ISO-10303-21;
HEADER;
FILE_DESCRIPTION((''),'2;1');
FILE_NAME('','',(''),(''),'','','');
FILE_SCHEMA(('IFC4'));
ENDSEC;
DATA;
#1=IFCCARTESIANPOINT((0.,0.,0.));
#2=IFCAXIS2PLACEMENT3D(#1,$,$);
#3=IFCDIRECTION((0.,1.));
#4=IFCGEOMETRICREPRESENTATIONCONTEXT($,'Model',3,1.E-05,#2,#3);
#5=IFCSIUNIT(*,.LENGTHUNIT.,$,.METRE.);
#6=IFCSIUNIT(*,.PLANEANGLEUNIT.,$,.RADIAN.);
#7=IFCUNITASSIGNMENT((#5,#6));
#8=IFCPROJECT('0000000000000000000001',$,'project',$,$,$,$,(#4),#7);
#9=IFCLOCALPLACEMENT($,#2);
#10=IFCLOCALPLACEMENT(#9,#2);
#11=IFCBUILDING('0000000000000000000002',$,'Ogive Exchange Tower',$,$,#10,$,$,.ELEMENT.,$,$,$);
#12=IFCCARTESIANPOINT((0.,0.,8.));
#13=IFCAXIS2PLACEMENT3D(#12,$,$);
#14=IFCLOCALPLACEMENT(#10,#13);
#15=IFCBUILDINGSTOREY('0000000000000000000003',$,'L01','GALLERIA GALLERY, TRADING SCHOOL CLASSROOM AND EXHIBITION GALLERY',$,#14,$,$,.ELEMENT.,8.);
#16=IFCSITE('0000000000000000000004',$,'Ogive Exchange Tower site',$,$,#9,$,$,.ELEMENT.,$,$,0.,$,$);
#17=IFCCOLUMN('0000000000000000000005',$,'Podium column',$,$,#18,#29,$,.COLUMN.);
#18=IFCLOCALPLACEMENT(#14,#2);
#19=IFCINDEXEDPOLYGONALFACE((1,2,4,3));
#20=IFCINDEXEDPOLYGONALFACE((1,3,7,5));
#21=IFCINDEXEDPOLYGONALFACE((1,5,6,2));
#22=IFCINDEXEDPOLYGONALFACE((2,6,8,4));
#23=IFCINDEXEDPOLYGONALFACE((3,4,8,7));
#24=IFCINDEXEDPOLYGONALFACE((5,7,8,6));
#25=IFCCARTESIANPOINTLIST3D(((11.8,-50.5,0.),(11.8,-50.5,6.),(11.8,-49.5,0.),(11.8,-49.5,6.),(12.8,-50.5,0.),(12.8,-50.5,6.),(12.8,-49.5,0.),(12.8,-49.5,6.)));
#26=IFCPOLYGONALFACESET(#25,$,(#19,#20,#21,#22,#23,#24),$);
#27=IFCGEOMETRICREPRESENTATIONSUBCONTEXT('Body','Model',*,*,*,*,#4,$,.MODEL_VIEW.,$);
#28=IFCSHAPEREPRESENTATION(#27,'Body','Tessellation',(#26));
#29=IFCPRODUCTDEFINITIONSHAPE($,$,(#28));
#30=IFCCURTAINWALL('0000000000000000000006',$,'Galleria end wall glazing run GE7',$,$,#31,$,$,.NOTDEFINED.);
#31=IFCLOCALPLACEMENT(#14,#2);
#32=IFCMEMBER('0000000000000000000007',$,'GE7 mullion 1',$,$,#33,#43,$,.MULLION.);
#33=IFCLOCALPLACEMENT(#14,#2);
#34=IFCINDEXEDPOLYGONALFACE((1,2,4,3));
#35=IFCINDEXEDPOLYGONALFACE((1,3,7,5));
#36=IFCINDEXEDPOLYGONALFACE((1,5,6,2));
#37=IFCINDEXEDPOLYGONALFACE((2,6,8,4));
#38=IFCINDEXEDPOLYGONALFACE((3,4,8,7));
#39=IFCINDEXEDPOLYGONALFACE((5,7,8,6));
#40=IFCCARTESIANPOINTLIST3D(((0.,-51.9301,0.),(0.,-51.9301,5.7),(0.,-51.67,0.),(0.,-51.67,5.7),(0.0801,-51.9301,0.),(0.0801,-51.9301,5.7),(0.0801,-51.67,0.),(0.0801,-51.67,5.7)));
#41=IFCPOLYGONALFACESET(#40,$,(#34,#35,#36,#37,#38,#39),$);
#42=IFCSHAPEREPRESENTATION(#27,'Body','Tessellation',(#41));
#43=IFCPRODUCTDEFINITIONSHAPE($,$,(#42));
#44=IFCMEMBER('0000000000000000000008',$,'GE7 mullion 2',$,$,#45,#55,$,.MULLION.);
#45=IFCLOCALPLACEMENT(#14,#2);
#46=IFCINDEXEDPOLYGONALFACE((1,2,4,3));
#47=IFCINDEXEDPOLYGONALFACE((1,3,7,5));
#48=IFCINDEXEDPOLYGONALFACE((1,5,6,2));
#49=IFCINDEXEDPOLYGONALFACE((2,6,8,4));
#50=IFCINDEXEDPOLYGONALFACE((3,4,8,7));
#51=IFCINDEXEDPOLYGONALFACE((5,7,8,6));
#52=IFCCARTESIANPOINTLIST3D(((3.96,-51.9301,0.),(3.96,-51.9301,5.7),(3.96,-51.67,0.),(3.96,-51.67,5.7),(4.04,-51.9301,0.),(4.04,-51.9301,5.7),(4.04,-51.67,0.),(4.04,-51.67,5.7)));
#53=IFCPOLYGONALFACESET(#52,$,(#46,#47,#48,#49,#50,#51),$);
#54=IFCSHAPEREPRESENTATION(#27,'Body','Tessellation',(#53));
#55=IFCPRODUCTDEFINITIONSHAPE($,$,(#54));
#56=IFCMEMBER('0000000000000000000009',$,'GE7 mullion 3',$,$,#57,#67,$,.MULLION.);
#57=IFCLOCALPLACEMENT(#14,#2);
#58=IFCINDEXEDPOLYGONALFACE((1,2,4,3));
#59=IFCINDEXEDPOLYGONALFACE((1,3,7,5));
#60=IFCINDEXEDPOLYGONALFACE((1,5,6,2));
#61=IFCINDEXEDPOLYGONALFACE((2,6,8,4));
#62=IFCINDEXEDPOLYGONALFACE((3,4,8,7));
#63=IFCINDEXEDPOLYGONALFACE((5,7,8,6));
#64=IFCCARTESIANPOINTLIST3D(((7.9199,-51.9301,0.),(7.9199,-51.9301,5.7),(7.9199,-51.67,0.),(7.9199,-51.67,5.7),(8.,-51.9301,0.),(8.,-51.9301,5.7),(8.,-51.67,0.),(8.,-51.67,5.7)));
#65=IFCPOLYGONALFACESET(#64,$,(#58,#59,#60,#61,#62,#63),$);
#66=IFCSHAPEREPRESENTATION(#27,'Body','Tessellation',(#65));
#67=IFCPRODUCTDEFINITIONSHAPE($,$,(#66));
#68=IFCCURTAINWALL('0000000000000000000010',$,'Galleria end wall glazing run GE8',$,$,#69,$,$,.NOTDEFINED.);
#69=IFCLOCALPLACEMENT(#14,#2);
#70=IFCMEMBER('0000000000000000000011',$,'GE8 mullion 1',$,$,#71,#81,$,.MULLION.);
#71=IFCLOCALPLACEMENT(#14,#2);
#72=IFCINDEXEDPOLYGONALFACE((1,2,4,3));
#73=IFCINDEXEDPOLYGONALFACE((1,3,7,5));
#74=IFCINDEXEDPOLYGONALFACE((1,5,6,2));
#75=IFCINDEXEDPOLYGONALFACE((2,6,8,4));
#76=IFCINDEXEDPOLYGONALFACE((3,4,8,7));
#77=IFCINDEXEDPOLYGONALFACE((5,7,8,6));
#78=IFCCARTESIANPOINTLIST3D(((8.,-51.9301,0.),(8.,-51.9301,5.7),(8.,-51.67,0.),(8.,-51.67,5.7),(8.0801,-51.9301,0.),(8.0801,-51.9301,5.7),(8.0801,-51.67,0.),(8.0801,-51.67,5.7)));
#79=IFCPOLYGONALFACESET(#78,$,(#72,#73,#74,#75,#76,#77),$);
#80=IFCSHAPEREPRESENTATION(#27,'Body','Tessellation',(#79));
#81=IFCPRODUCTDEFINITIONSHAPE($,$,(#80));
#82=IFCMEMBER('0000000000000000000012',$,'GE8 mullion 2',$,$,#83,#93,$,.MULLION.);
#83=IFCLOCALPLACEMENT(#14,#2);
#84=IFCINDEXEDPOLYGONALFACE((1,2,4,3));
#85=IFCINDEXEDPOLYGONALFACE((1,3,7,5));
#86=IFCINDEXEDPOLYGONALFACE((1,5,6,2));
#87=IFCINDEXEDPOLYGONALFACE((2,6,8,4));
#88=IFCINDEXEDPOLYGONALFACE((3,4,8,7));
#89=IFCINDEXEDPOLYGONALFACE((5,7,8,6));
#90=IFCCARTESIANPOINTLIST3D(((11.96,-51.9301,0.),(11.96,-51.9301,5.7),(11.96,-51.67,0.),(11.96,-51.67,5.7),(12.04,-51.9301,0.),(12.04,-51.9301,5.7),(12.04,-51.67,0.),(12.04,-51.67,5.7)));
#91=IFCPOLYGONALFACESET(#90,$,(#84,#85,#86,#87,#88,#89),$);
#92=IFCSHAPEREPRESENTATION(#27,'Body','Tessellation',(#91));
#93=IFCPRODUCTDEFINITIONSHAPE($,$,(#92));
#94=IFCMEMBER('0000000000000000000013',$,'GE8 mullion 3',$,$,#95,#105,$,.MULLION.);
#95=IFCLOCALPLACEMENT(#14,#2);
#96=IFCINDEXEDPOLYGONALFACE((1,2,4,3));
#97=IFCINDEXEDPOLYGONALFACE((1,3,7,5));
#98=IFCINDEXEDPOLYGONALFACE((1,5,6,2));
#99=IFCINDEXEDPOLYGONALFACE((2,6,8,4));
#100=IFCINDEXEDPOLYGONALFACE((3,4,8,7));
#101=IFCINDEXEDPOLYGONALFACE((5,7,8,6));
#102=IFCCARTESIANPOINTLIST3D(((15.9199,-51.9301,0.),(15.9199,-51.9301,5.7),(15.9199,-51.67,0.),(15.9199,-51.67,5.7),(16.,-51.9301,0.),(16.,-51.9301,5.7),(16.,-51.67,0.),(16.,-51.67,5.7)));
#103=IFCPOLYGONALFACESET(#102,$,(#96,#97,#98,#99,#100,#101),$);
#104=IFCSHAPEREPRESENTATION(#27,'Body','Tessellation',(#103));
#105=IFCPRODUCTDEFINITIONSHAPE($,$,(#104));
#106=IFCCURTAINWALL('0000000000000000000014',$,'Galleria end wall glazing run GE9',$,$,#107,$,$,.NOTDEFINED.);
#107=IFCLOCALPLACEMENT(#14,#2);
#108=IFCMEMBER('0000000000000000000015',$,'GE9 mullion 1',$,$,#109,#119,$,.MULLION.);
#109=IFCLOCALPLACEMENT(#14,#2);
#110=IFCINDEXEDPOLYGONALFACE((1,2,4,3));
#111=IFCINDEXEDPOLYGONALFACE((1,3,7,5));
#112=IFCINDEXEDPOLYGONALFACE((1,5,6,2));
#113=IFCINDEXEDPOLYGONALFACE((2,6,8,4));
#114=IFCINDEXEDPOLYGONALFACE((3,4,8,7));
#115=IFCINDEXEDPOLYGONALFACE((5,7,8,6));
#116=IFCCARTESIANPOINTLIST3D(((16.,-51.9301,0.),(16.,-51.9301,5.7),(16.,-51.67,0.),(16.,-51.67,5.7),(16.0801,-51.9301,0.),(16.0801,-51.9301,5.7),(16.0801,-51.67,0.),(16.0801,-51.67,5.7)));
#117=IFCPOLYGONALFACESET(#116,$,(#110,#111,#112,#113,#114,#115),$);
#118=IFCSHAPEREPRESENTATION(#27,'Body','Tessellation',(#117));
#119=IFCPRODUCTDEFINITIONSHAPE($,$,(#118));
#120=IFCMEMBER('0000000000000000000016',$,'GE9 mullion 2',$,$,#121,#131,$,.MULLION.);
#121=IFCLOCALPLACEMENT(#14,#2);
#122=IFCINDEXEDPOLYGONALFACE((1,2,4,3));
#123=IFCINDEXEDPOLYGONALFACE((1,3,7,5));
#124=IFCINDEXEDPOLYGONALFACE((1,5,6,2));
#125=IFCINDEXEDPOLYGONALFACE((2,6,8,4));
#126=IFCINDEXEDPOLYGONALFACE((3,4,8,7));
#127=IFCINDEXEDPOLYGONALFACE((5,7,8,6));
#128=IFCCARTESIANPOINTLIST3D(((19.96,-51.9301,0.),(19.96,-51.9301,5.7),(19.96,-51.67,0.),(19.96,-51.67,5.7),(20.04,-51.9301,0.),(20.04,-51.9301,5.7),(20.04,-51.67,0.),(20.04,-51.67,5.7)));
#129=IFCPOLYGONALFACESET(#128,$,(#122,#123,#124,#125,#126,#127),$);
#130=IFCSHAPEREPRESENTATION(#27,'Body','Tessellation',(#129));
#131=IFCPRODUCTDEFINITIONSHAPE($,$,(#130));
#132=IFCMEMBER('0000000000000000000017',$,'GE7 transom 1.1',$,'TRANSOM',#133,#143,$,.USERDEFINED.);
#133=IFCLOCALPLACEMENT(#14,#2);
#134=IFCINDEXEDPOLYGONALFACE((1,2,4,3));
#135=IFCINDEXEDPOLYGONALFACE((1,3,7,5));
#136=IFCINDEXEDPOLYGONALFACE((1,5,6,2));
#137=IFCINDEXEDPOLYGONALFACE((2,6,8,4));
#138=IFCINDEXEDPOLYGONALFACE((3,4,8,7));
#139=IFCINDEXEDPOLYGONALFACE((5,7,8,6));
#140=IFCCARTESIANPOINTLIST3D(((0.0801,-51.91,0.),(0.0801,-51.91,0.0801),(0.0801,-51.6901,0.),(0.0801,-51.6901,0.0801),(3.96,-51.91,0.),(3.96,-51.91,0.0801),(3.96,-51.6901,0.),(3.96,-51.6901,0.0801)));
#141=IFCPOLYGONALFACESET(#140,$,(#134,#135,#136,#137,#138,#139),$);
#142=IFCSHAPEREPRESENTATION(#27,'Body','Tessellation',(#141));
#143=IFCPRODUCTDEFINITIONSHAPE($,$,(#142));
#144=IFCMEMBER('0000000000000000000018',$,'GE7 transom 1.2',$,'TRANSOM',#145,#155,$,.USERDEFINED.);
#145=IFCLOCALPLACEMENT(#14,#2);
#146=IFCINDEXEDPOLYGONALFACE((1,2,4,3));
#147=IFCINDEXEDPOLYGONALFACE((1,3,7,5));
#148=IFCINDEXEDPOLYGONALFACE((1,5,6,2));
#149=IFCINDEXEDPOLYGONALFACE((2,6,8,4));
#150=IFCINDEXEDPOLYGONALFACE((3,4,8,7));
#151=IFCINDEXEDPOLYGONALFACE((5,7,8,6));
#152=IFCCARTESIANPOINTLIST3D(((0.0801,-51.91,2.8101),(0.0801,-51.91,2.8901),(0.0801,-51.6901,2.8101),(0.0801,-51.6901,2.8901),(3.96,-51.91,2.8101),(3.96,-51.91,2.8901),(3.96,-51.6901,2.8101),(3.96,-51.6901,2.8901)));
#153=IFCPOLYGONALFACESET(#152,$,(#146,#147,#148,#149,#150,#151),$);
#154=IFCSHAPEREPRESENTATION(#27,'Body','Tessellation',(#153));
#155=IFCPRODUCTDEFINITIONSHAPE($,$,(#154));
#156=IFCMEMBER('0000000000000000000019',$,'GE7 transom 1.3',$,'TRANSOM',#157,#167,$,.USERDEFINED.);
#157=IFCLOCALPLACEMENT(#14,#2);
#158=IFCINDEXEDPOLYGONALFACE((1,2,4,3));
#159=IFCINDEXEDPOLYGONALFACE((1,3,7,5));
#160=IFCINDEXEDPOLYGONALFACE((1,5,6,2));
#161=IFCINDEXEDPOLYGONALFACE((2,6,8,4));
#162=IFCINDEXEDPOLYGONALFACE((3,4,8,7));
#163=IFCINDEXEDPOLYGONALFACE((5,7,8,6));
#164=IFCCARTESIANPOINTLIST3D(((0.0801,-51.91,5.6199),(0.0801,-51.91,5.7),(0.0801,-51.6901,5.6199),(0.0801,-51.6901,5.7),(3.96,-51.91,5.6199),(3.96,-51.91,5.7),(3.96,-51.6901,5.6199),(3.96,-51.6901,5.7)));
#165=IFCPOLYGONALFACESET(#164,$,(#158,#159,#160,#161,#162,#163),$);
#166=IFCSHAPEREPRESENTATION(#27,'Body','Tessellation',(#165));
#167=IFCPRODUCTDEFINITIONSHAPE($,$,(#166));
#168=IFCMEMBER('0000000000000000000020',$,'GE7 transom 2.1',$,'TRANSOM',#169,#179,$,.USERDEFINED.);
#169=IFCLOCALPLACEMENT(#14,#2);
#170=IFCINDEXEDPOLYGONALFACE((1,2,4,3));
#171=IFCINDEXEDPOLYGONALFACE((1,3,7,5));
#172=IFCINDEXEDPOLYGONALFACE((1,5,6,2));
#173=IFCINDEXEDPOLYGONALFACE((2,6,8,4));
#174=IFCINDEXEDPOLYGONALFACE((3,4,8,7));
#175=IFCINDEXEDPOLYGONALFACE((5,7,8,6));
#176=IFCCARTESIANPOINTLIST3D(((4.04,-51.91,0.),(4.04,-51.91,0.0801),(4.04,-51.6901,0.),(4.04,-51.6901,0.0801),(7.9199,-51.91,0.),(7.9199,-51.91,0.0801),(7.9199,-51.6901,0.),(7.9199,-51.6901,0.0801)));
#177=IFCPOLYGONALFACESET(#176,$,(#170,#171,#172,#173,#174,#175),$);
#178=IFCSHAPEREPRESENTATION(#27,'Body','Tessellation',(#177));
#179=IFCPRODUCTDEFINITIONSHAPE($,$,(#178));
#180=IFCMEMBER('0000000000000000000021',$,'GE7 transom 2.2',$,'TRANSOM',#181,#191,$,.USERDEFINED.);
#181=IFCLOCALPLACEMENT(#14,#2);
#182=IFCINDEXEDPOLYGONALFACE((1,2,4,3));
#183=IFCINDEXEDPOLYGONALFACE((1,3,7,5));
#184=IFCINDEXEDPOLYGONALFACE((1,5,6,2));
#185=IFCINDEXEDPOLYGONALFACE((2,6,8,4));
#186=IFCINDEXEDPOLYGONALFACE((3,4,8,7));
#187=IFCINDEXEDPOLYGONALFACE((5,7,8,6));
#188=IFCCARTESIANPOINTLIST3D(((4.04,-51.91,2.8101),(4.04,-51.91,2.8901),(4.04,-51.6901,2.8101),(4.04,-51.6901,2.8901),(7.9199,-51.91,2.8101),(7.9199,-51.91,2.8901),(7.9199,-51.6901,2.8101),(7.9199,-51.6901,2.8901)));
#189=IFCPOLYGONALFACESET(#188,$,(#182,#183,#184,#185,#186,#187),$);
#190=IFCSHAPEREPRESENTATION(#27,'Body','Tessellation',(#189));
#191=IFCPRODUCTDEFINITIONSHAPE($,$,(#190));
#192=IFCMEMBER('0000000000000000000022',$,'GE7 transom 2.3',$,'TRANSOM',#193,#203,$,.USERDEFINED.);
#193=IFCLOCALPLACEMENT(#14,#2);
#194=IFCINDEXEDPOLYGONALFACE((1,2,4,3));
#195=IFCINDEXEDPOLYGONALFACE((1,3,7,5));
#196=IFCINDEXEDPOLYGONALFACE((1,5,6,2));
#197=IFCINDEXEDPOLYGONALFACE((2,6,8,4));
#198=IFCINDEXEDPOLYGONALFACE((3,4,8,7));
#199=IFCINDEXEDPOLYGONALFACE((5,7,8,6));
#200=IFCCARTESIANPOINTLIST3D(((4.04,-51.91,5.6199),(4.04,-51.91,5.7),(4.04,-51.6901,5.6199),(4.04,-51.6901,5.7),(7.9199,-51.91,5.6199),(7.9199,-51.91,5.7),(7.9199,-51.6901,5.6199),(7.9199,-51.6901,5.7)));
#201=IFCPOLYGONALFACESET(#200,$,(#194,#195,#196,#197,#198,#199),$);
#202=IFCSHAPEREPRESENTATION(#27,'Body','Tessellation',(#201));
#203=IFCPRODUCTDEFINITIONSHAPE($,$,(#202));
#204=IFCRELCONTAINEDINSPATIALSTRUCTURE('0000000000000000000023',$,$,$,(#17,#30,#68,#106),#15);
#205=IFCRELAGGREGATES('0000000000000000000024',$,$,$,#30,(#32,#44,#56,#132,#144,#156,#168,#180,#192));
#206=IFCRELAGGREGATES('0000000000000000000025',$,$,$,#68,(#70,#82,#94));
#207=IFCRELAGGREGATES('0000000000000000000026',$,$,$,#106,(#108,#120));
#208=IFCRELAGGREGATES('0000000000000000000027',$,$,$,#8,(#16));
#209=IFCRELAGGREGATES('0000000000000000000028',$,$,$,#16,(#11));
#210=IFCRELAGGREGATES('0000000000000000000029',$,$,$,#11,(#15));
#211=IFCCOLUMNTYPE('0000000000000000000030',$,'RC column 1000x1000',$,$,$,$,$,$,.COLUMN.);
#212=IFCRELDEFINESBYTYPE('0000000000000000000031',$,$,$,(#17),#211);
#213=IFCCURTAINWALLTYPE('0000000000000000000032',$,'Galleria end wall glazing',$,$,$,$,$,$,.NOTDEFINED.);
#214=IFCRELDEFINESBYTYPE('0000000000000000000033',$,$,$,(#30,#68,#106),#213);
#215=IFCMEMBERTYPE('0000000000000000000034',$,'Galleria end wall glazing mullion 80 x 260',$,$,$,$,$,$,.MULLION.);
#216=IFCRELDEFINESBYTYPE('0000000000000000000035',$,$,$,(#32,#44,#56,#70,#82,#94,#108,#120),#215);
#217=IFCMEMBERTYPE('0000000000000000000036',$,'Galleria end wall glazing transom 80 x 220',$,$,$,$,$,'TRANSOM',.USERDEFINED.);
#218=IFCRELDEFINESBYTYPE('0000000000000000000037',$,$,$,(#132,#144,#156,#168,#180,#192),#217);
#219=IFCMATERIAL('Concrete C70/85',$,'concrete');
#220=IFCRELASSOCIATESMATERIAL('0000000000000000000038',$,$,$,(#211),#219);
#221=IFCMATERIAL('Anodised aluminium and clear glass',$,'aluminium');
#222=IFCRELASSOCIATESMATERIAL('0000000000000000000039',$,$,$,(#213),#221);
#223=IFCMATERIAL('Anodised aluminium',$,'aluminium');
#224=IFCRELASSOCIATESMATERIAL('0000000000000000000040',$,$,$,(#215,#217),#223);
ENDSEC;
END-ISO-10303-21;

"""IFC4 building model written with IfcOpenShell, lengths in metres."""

from ifc_helpers import new_model, si_unit, direction, frame, origin, origin_2d, place, context, subcontext, project, spatial, rectangle, extrude, material, material_profile, profile_set, type_object, element, aggregate, save


model = new_model("IFC4")

# Units and contexts
model_context = context("Model", 3, precision=1e-05, world=origin(), true_north=direction((0.0, 1.0)))
body_context = subcontext(model_context, "Body", "Model", "MODEL_VIEW")
ifc_project = project(units=[si_unit("LENGTHUNIT", "METRE"), si_unit("PLANEANGLEUNIT", "RADIAN")], contexts=[model_context])

# Site, building, storey
site_placement = place(None, origin())
site = spatial("IfcSite", under=ifc_project, at=site_placement, Name="Ogive Exchange Tower site", CompositionType="ELEMENT", RefElevation=0.0)
building_placement = place(site_placement, origin())
building = spatial("IfcBuilding", under=site, at=building_placement, Name="Ogive Exchange Tower", CompositionType="ELEMENT")
storey_placement = place(building_placement, frame((0.0, 0.0, 8.0)))
storey = spatial("IfcBuildingStorey", under=building, at=storey_placement, Name="L01", Description="GALLERIA GALLERY, TRADING SCHOOL CLASSROOM AND EXHIBITION GALLERY", CompositionType="ELEMENT", Elevation=8.0)

# Column
ifc_material_1 = material(Name="Concrete C70/85", Category="concrete")
ifc_material_profile_1 = material_profile(ifc_material_1, rectangle(XDim=1.0, YDim=1.0, at=origin_2d()), Name="RC 1000x1000")
ifc_profile_set_1 = profile_set([ifc_material_profile_1], Name="Concrete C70/85")
column_type = type_object("IfcColumnType", Name="RC column 1000x1000", PredefinedType="COLUMN", material=ifc_profile_set_1)
column_placement = place(storey_placement, frame((12.3, -50.0, 0.0), z_axis=(0.0, 0.0, 1.0), x_axis=(1.0, 0.0, 0.0)))
element("IfcColumn", 1, at=column_placement, inside=storey, type_object=column_type, Name="Podium column", PredefinedType="COLUMN", context=body_context, shape_type="SweptSolid", body=[
    extrude(rectangle(XDim=1.0, YDim=1.0, at=origin_2d()), origin(), (0.0, 0.0, 1.0), 6.0),
])

# Curtain walls, members
ifc_material_2 = material(Name="Anodised aluminium and clear glass", Category="aluminium")
curtain_wall_type = type_object("IfcCurtainWallType", Name="Galleria end wall glazing", PredefinedType="NOTDEFINED", material=ifc_material_2)
curtain_wall_1_placement = place(storey_placement, origin())
curtain_wall_1 = element("IfcCurtainWall", 2, at=curtain_wall_1_placement, inside=storey, type_object=curtain_wall_type, Name="Galleria end wall glazing run GE7", PredefinedType="NOTDEFINED")
ifc_material_3 = material(Name="Anodised aluminium", Category="aluminium")
ifc_material_profile_2 = material_profile(ifc_material_3, rectangle(XDim=0.26, YDim=0.0801, at=origin_2d()), Name="AL 80x260")
ifc_profile_set_2 = profile_set([ifc_material_profile_2], Name="Anodised aluminium")
member_type_1 = type_object("IfcMemberType", Name="Galleria end wall glazing mullion 80 x 260", PredefinedType="MULLION", material=ifc_profile_set_2)
member_1_placement = place(storey_placement, frame((0.04, -51.8, 0.0), z_axis=(0.0, 0.0, 1.0), x_axis=(0.0, 1.0, 0.0)))
member_1 = element("IfcMember", 3, at=member_1_placement, type_object=member_type_1, Name="GE7 mullion 1", PredefinedType="MULLION", context=body_context, shape_type="SweptSolid", body=[
    extrude(rectangle(XDim=0.26, YDim=0.0801, at=origin_2d()), origin(), (0.0, 0.0, 1.0), 5.7),
])
member_2_placement = place(storey_placement, frame((4.0, -51.8, 0.0), z_axis=(0.0, 0.0, 1.0), x_axis=(0.0, 1.0, 0.0)))
member_2 = element("IfcMember", 4, at=member_2_placement, type_object=member_type_1, Name="GE7 mullion 2", PredefinedType="MULLION", context=body_context, shape_type="SweptSolid", body=[
    extrude(rectangle(XDim=0.26, YDim=0.0801, at=origin_2d()), origin(), (0.0, 0.0, 1.0), 5.7),
])
member_3_placement = place(storey_placement, frame((7.96, -51.8, 0.0), z_axis=(0.0, 0.0, 1.0), x_axis=(0.0, 1.0, 0.0)))
member_3 = element("IfcMember", 5, at=member_3_placement, type_object=member_type_1, Name="GE7 mullion 3", PredefinedType="MULLION", context=body_context, shape_type="SweptSolid", body=[
    extrude(rectangle(XDim=0.26, YDim=0.0801, at=origin_2d()), origin(), (0.0, 0.0, 1.0), 5.7),
])
curtain_wall_2_placement = place(storey_placement, origin())
curtain_wall_2 = element("IfcCurtainWall", 6, at=curtain_wall_2_placement, inside=storey, type_object=curtain_wall_type, Name="Galleria end wall glazing run GE8", PredefinedType="NOTDEFINED")
member_4_placement = place(storey_placement, frame((8.04, -51.8, 0.0), z_axis=(0.0, 0.0, 1.0), x_axis=(0.0, 1.0, 0.0)))
member_4 = element("IfcMember", 7, at=member_4_placement, type_object=member_type_1, Name="GE8 mullion 1", PredefinedType="MULLION", context=body_context, shape_type="SweptSolid", body=[
    extrude(rectangle(XDim=0.26, YDim=0.0801, at=origin_2d()), origin(), (0.0, 0.0, 1.0), 5.7),
])
member_5_placement = place(storey_placement, frame((12.0, -51.8, 0.0), z_axis=(0.0, 0.0, 1.0), x_axis=(0.0, 1.0, 0.0)))
member_5 = element("IfcMember", 8, at=member_5_placement, type_object=member_type_1, Name="GE8 mullion 2", PredefinedType="MULLION", context=body_context, shape_type="SweptSolid", body=[
    extrude(rectangle(XDim=0.26, YDim=0.0801, at=origin_2d()), origin(), (0.0, 0.0, 1.0), 5.7),
])
member_6_placement = place(storey_placement, frame((15.96, -51.8, 0.0), z_axis=(0.0, 0.0, 1.0), x_axis=(0.0, 1.0, 0.0)))
member_6 = element("IfcMember", 9, at=member_6_placement, type_object=member_type_1, Name="GE8 mullion 3", PredefinedType="MULLION", context=body_context, shape_type="SweptSolid", body=[
    extrude(rectangle(XDim=0.26, YDim=0.0801, at=origin_2d()), origin(), (0.0, 0.0, 1.0), 5.7),
])
curtain_wall_3_placement = place(storey_placement, origin())
curtain_wall_3 = element("IfcCurtainWall", 10, at=curtain_wall_3_placement, inside=storey, type_object=curtain_wall_type, Name="Galleria end wall glazing run GE9", PredefinedType="NOTDEFINED")
member_7_placement = place(storey_placement, frame((16.04, -51.8, 0.0), z_axis=(0.0, 0.0, 1.0), x_axis=(0.0, 1.0, 0.0)))
member_7 = element("IfcMember", 11, at=member_7_placement, type_object=member_type_1, Name="GE9 mullion 1", PredefinedType="MULLION", context=body_context, shape_type="SweptSolid", body=[
    extrude(rectangle(XDim=0.26, YDim=0.0801, at=origin_2d()), origin(), (0.0, 0.0, 1.0), 5.7),
])
member_8_placement = place(storey_placement, frame((20.0, -51.8, 0.0), z_axis=(0.0, 0.0, 1.0), x_axis=(0.0, 1.0, 0.0)))
member_8 = element("IfcMember", 12, at=member_8_placement, type_object=member_type_1, Name="GE9 mullion 2", PredefinedType="MULLION", context=body_context, shape_type="SweptSolid", body=[
    extrude(rectangle(XDim=0.26, YDim=0.0801, at=origin_2d()), origin(), (0.0, 0.0, 1.0), 5.7),
])

# Members
ifc_material_profile_3 = material_profile(ifc_material_3, rectangle(XDim=0.22, YDim=0.0801, at=origin_2d()), Name="AL 80x220")
ifc_profile_set_3 = profile_set([ifc_material_profile_3], Name="Anodised aluminium")
member_type_2 = type_object("IfcMemberType", Name="Galleria end wall glazing transom 80 x 220", ElementType="TRANSOM", PredefinedType="USERDEFINED", material=ifc_profile_set_3)
member_9_placement = place(storey_placement, frame((0.0801, -51.8, 0.04), z_axis=(1.0, 0.0, 0.0), x_axis=(0.0, 1.0, 0.0)))
member_9 = element("IfcMember", 13, at=member_9_placement, type_object=member_type_2, Name="GE7 transom 1.1", ObjectType="TRANSOM", PredefinedType="USERDEFINED", context=body_context, shape_type="SweptSolid", body=[
    extrude(rectangle(XDim=0.22, YDim=0.0801, at=origin_2d()), origin(), (0.0, 0.0, 1.0), 3.8799),
])
member_10_placement = place(storey_placement, frame((0.0801, -51.8, 2.8501), z_axis=(1.0, 0.0, 0.0), x_axis=(0.0, 1.0, 0.0)))
member_10 = element("IfcMember", 14, at=member_10_placement, type_object=member_type_2, Name="GE7 transom 1.2", ObjectType="TRANSOM", PredefinedType="USERDEFINED", context=body_context, shape_type="SweptSolid", body=[
    extrude(rectangle(XDim=0.22, YDim=0.0801, at=origin_2d()), origin(), (0.0, 0.0, 1.0), 3.8799),
])
member_11_placement = place(storey_placement, frame((0.0801, -51.8, 5.6599), z_axis=(1.0, 0.0, 0.0), x_axis=(0.0, 1.0, 0.0)))
member_11 = element("IfcMember", 15, at=member_11_placement, type_object=member_type_2, Name="GE7 transom 1.3", ObjectType="TRANSOM", PredefinedType="USERDEFINED", context=body_context, shape_type="SweptSolid", body=[
    extrude(rectangle(XDim=0.22, YDim=0.0801, at=origin_2d()), origin(), (0.0, 0.0, 1.0), 3.8799),
])
member_12_placement = place(storey_placement, frame((4.04, -51.8, 0.04), z_axis=(1.0, 0.0, 0.0), x_axis=(0.0, 1.0, 0.0)))
member_12 = element("IfcMember", 16, at=member_12_placement, type_object=member_type_2, Name="GE7 transom 2.1", ObjectType="TRANSOM", PredefinedType="USERDEFINED", context=body_context, shape_type="SweptSolid", body=[
    extrude(rectangle(XDim=0.22, YDim=0.0801, at=origin_2d()), origin(), (0.0, 0.0, 1.0), 3.8799),
])
member_13_placement = place(storey_placement, frame((4.04, -51.8, 2.8501), z_axis=(1.0, 0.0, 0.0), x_axis=(0.0, 1.0, 0.0)))
member_13 = element("IfcMember", 17, at=member_13_placement, type_object=member_type_2, Name="GE7 transom 2.2", ObjectType="TRANSOM", PredefinedType="USERDEFINED", context=body_context, shape_type="SweptSolid", body=[
    extrude(rectangle(XDim=0.22, YDim=0.0801, at=origin_2d()), origin(), (0.0, 0.0, 1.0), 3.8799),
])
member_14_placement = place(storey_placement, frame((4.04, -51.8, 5.6599), z_axis=(1.0, 0.0, 0.0), x_axis=(0.0, 1.0, 0.0)))
member_14 = element("IfcMember", 18, at=member_14_placement, type_object=member_type_2, Name="GE7 transom 2.3", ObjectType="TRANSOM", PredefinedType="USERDEFINED", context=body_context, shape_type="SweptSolid", body=[
    extrude(rectangle(XDim=0.22, YDim=0.0801, at=origin_2d()), origin(), (0.0, 0.0, 1.0), 3.8799),
])

aggregate(curtain_wall_1, [member_1, member_2, member_3, member_9, member_10, member_11, member_12, member_13, member_14])
aggregate(curtain_wall_2, [member_4, member_5, member_6])
aggregate(curtain_wall_3, [member_7, member_8])

save(model, "model.ifc")
